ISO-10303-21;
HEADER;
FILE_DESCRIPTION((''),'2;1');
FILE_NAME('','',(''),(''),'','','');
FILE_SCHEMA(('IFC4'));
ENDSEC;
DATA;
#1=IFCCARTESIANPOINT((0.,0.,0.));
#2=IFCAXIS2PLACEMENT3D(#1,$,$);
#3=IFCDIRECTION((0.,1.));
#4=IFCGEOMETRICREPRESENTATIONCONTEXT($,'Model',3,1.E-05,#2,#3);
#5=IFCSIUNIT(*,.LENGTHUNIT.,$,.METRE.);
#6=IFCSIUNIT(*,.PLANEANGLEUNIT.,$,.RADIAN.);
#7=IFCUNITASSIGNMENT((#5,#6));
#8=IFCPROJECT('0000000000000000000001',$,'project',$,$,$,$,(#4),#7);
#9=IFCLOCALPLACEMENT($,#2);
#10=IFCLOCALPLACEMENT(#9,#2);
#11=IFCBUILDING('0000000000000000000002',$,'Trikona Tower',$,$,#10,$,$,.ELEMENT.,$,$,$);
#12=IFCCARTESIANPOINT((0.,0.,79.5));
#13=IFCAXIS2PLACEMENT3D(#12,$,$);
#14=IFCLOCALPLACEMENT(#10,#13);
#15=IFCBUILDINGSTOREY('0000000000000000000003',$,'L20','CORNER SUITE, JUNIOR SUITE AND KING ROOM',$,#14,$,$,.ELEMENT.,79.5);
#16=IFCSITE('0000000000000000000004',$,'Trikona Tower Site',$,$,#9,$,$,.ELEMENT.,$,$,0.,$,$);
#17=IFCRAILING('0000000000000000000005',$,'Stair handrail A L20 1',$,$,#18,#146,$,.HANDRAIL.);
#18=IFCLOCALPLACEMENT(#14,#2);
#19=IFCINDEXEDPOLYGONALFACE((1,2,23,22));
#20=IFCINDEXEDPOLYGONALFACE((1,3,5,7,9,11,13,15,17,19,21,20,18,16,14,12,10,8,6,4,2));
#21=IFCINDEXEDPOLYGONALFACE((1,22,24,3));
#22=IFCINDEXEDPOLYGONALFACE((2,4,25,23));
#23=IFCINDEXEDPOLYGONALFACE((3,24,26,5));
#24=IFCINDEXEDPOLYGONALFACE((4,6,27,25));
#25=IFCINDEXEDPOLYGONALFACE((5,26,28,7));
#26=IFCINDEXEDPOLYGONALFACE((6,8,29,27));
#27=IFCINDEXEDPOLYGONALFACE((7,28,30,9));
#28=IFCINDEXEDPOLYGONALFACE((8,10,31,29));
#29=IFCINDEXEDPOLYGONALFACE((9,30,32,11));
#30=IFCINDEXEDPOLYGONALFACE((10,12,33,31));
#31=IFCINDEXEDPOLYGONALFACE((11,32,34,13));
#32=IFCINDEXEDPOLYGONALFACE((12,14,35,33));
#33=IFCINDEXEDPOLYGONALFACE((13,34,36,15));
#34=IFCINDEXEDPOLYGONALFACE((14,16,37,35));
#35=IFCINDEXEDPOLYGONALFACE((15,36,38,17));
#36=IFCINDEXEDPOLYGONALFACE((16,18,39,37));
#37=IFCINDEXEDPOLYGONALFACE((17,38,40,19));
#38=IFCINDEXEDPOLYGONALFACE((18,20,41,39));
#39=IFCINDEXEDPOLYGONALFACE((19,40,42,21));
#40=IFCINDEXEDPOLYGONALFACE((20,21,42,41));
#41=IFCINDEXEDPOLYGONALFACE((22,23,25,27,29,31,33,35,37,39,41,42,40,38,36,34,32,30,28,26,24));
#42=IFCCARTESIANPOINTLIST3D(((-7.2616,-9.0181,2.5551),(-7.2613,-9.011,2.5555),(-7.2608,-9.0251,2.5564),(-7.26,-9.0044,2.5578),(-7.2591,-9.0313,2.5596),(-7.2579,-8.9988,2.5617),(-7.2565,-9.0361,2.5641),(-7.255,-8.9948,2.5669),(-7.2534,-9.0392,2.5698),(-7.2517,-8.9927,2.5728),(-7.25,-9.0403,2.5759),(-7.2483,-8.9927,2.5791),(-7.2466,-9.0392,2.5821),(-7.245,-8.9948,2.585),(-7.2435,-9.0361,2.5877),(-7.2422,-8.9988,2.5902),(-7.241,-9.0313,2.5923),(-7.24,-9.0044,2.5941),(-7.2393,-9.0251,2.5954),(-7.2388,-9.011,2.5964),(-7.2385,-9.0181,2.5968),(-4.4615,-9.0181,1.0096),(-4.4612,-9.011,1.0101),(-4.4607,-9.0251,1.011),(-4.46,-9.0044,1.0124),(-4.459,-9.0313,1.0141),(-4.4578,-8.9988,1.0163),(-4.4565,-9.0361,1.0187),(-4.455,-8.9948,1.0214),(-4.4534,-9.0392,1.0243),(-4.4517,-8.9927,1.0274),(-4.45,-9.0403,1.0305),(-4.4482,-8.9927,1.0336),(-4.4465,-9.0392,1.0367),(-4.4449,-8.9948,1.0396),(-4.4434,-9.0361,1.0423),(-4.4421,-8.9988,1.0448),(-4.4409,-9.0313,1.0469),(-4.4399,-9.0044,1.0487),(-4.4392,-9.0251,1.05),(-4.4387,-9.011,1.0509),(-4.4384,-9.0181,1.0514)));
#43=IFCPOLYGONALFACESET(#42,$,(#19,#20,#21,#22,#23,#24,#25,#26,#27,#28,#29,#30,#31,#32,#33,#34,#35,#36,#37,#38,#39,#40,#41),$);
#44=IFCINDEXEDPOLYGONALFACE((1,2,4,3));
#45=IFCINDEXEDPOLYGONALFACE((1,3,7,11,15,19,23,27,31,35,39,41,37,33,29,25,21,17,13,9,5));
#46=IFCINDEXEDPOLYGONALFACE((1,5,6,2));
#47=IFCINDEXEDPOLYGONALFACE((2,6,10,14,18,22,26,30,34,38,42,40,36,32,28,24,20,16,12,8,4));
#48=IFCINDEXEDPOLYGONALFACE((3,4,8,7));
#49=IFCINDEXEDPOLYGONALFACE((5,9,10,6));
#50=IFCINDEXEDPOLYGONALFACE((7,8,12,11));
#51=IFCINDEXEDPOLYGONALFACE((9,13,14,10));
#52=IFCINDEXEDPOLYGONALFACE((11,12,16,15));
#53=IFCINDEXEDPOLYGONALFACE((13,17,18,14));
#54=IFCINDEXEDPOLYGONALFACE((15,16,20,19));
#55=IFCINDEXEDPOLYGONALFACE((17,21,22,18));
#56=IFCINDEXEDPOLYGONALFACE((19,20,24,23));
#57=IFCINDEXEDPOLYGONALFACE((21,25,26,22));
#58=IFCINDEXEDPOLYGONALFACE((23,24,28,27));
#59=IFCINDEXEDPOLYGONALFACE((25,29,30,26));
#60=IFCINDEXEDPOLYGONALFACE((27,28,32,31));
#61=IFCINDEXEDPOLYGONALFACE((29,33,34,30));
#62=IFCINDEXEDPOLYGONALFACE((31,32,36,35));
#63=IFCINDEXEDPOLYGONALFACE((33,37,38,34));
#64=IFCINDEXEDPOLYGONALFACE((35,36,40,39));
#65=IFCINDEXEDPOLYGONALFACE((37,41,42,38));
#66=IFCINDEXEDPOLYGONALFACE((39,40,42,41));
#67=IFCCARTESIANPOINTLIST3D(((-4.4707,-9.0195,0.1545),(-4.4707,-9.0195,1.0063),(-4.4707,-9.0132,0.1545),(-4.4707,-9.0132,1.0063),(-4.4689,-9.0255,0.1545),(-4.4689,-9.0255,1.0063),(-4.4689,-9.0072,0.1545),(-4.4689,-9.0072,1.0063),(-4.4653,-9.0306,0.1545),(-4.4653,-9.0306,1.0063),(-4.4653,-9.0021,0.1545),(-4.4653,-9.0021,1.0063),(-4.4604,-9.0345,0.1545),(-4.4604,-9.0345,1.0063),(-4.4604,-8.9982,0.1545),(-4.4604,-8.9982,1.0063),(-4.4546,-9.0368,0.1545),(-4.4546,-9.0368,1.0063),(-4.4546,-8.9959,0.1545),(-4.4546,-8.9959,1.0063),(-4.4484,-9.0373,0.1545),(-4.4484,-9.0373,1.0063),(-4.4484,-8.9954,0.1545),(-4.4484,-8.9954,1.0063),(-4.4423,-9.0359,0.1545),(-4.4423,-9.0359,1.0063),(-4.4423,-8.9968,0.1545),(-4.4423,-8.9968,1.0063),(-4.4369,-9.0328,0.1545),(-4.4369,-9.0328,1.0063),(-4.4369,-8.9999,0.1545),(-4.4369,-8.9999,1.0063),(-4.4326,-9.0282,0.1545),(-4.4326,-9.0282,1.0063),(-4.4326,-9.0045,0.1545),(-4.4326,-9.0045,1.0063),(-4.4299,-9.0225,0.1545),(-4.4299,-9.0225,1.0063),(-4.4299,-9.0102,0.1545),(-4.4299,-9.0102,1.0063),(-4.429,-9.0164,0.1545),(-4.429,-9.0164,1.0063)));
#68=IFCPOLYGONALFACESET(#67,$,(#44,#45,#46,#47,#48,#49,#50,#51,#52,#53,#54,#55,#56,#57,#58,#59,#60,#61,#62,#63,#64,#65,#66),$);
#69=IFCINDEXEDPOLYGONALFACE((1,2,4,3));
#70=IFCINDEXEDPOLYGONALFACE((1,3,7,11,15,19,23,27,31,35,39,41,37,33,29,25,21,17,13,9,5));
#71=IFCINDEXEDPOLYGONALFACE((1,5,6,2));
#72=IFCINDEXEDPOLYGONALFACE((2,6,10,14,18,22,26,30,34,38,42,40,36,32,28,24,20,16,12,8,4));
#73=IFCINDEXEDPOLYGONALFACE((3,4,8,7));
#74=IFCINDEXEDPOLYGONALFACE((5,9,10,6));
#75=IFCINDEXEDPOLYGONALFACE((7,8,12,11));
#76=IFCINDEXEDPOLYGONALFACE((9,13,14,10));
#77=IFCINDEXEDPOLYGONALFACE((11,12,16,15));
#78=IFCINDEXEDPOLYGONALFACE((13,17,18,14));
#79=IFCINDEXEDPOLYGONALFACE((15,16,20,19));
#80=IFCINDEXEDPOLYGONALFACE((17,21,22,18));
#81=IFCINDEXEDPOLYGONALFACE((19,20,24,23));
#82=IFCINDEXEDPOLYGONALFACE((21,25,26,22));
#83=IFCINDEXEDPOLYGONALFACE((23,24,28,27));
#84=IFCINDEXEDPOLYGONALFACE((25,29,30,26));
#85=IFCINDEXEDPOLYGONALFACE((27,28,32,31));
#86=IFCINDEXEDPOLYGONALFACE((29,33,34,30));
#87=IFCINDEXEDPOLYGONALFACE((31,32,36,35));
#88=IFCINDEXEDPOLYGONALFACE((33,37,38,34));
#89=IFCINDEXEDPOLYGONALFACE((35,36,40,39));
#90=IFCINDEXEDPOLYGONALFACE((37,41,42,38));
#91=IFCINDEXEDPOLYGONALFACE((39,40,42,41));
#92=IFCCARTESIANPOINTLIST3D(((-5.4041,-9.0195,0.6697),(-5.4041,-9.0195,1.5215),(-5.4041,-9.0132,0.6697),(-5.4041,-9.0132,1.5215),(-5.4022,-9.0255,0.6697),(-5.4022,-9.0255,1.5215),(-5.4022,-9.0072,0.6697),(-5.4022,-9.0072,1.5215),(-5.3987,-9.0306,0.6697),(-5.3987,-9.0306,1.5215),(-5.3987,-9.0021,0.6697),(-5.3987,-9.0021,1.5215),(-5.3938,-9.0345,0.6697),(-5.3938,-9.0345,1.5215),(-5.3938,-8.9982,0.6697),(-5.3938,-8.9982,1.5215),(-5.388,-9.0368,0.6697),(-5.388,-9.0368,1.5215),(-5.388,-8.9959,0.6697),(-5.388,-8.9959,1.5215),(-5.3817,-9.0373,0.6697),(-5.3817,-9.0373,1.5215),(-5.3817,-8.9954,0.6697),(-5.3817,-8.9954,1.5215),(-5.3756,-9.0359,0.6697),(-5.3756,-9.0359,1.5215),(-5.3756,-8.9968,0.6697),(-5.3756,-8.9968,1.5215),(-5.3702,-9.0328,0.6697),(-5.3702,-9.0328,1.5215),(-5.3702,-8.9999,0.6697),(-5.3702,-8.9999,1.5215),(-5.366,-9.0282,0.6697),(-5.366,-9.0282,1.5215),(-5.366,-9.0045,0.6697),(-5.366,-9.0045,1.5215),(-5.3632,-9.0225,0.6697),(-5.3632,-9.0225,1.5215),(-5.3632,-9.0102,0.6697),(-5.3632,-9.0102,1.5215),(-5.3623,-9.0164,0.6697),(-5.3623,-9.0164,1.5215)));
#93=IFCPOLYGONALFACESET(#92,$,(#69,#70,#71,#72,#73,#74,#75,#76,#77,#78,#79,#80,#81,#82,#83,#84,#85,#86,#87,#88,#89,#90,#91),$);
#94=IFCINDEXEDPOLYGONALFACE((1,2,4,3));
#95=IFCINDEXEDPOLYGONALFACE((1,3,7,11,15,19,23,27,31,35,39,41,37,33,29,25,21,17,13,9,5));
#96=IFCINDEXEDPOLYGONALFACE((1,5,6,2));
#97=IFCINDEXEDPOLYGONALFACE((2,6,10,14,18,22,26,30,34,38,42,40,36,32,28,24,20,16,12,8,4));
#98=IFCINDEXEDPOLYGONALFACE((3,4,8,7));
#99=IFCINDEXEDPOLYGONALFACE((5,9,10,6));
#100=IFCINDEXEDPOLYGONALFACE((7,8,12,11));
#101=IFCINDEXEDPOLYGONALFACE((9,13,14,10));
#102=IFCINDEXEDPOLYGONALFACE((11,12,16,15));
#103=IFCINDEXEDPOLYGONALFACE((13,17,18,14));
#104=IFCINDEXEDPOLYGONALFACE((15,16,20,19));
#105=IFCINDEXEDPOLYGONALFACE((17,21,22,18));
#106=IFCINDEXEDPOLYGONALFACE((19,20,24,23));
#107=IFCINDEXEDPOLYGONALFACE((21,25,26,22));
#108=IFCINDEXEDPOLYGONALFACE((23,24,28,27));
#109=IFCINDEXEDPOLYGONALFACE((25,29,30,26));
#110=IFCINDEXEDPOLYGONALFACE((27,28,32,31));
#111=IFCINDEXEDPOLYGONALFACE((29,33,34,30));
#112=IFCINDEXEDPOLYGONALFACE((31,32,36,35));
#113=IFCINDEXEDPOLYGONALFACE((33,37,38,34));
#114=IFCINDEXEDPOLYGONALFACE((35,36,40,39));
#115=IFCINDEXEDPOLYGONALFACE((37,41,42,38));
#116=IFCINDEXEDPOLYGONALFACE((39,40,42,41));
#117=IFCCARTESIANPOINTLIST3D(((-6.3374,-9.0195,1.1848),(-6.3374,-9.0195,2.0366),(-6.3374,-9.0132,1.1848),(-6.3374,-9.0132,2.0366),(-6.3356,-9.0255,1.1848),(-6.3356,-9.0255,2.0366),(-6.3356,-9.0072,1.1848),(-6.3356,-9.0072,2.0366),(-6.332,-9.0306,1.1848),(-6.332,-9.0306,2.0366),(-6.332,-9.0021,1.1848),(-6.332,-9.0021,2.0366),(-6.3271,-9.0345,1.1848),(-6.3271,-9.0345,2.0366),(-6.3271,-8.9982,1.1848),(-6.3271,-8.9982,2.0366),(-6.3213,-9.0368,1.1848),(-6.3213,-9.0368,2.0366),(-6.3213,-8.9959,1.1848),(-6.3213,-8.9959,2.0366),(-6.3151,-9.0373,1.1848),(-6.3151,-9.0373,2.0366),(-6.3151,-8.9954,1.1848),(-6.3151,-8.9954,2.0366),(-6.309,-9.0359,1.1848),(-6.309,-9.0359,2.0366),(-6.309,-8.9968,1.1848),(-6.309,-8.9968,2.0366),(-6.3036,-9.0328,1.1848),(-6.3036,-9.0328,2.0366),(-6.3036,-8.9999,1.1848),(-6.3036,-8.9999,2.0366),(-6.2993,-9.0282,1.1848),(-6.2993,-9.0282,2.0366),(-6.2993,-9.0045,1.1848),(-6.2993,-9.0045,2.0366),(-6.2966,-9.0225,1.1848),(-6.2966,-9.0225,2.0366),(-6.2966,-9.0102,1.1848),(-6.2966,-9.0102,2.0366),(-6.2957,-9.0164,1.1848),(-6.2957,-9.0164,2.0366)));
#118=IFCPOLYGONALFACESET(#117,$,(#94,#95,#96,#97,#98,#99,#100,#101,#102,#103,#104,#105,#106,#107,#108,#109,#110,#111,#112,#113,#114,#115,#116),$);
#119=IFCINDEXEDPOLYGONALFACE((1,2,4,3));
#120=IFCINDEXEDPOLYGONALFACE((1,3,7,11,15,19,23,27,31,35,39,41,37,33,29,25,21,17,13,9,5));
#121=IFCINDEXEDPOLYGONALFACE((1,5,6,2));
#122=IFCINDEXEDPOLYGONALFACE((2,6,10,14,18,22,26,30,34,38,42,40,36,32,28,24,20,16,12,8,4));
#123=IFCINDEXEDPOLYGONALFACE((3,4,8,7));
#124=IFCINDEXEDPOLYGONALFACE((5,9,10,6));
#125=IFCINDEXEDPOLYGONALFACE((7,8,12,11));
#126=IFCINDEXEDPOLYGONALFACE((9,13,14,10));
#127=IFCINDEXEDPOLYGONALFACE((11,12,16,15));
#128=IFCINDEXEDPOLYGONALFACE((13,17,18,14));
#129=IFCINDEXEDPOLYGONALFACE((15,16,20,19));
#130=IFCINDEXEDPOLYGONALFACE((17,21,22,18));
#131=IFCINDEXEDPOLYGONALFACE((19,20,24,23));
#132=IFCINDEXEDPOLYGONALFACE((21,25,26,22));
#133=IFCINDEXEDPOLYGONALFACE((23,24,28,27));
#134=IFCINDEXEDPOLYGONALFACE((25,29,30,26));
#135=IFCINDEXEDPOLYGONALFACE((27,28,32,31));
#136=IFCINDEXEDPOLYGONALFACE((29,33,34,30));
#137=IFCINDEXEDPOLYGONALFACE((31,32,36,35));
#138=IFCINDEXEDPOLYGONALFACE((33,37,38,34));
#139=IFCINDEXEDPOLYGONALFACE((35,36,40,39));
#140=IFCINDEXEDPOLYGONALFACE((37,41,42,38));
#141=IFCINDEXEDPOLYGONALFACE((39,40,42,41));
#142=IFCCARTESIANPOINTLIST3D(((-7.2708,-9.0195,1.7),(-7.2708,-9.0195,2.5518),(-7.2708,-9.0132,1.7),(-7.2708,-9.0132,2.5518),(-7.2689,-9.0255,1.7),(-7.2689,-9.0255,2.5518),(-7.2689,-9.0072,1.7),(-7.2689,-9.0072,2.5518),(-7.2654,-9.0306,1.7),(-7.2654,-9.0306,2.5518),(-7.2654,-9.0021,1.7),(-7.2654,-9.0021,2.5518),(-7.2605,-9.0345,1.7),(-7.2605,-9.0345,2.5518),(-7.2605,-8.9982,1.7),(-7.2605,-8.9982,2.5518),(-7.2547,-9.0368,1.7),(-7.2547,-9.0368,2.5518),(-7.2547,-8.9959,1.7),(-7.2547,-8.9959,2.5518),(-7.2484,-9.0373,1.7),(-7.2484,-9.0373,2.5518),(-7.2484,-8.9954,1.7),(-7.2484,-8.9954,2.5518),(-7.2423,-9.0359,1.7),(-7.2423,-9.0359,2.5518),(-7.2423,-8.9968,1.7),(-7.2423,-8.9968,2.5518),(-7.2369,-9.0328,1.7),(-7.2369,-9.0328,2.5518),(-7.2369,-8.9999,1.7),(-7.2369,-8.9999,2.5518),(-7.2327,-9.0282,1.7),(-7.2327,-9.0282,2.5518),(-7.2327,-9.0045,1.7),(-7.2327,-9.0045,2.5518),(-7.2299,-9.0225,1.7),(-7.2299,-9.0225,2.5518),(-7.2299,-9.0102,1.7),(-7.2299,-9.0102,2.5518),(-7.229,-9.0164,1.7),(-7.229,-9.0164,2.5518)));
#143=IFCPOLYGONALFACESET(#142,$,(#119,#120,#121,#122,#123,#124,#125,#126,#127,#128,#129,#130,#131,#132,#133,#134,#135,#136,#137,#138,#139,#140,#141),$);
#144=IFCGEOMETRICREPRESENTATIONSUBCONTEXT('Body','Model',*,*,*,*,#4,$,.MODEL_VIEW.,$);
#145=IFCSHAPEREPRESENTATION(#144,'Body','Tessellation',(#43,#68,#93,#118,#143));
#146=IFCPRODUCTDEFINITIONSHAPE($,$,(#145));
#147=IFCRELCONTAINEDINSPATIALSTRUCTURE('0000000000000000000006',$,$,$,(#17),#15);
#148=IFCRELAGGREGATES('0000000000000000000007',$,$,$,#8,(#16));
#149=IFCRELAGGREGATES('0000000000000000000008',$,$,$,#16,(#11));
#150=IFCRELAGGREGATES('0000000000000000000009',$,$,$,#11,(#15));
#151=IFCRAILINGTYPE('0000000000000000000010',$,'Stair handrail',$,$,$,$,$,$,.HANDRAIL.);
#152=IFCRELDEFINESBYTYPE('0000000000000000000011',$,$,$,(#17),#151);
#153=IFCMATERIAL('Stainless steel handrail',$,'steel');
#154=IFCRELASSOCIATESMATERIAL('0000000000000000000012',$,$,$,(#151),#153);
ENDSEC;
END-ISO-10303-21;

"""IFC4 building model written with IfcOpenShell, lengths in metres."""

from ifc_helpers import new_model, si_unit, direction, frame, origin, origin_2d, place, context, subcontext, project, spatial, circle, extrude, material, type_object, element, save


model = new_model("IFC4")

# Units and contexts
model_context = context("Model", 3, precision=1e-05, world=origin(), true_north=direction((0.0, 1.0)))
body_context = subcontext(model_context, "Body", "Model", "MODEL_VIEW")
ifc_project = project(units=[si_unit("LENGTHUNIT", "METRE"), si_unit("PLANEANGLEUNIT", "RADIAN")], contexts=[model_context])

# Site, building, storey
site_placement = place(None, origin())
site = spatial("IfcSite", under=ifc_project, at=site_placement, Name="Trikona Tower Site", CompositionType="ELEMENT", RefElevation=0.0)
building_placement = place(site_placement, origin())
building = spatial("IfcBuilding", under=site, at=building_placement, Name="Trikona Tower", CompositionType="ELEMENT")
storey_placement = place(building_placement, frame((0.0, 0.0, 79.5)))
storey = spatial("IfcBuildingStorey", under=building, at=storey_placement, Name="L20", Description="CORNER SUITE, JUNIOR SUITE AND KING ROOM", CompositionType="ELEMENT", Elevation=79.5)

# Railing
ifc_material_1 = material(Name="Stainless steel handrail", Category="steel")
railing_type = type_object("IfcRailingType", Name="Stair handrail", PredefinedType="HANDRAIL", material=ifc_material_1)
railing_placement = place(storey_placement, frame((-4.45, -9.0164, 0.1545)))
element("IfcRailing", 1, at=railing_placement, inside=storey, type_object=railing_type, Name="Stair handrail A L20 1", PredefinedType="HANDRAIL", context=body_context, shape_type="SweptSolid", body=[
    extrude(circle(Radius=0.0239, at=origin_2d()), frame((0.0, 0.0, 0.876), z_axis=(-0.875504, 0.0, 0.483211), x_axis=(0.0, -1.0, 0.0)), (0.0, 0.0, 1.0), 3.1982),
    extrude(circle(Radius=0.021, at=origin_2d()), origin(), (0.0, 0.0, 1.0), 0.8518),
    extrude(circle(Radius=0.021, at=origin_2d()), frame((-0.9333, 0.0, 0.5151)), (0.0, 0.0, 1.0), 0.8518),
    extrude(circle(Radius=0.021, at=origin_2d()), frame((-1.8667, 0.0, 1.0303)), (0.0, 0.0, 1.0), 0.8518),
    extrude(circle(Radius=0.021, at=origin_2d()), frame((-2.8, 0.0, 1.5454)), (0.0, 0.0, 1.0), 0.8518),
])

save(model, "model.ifc")
